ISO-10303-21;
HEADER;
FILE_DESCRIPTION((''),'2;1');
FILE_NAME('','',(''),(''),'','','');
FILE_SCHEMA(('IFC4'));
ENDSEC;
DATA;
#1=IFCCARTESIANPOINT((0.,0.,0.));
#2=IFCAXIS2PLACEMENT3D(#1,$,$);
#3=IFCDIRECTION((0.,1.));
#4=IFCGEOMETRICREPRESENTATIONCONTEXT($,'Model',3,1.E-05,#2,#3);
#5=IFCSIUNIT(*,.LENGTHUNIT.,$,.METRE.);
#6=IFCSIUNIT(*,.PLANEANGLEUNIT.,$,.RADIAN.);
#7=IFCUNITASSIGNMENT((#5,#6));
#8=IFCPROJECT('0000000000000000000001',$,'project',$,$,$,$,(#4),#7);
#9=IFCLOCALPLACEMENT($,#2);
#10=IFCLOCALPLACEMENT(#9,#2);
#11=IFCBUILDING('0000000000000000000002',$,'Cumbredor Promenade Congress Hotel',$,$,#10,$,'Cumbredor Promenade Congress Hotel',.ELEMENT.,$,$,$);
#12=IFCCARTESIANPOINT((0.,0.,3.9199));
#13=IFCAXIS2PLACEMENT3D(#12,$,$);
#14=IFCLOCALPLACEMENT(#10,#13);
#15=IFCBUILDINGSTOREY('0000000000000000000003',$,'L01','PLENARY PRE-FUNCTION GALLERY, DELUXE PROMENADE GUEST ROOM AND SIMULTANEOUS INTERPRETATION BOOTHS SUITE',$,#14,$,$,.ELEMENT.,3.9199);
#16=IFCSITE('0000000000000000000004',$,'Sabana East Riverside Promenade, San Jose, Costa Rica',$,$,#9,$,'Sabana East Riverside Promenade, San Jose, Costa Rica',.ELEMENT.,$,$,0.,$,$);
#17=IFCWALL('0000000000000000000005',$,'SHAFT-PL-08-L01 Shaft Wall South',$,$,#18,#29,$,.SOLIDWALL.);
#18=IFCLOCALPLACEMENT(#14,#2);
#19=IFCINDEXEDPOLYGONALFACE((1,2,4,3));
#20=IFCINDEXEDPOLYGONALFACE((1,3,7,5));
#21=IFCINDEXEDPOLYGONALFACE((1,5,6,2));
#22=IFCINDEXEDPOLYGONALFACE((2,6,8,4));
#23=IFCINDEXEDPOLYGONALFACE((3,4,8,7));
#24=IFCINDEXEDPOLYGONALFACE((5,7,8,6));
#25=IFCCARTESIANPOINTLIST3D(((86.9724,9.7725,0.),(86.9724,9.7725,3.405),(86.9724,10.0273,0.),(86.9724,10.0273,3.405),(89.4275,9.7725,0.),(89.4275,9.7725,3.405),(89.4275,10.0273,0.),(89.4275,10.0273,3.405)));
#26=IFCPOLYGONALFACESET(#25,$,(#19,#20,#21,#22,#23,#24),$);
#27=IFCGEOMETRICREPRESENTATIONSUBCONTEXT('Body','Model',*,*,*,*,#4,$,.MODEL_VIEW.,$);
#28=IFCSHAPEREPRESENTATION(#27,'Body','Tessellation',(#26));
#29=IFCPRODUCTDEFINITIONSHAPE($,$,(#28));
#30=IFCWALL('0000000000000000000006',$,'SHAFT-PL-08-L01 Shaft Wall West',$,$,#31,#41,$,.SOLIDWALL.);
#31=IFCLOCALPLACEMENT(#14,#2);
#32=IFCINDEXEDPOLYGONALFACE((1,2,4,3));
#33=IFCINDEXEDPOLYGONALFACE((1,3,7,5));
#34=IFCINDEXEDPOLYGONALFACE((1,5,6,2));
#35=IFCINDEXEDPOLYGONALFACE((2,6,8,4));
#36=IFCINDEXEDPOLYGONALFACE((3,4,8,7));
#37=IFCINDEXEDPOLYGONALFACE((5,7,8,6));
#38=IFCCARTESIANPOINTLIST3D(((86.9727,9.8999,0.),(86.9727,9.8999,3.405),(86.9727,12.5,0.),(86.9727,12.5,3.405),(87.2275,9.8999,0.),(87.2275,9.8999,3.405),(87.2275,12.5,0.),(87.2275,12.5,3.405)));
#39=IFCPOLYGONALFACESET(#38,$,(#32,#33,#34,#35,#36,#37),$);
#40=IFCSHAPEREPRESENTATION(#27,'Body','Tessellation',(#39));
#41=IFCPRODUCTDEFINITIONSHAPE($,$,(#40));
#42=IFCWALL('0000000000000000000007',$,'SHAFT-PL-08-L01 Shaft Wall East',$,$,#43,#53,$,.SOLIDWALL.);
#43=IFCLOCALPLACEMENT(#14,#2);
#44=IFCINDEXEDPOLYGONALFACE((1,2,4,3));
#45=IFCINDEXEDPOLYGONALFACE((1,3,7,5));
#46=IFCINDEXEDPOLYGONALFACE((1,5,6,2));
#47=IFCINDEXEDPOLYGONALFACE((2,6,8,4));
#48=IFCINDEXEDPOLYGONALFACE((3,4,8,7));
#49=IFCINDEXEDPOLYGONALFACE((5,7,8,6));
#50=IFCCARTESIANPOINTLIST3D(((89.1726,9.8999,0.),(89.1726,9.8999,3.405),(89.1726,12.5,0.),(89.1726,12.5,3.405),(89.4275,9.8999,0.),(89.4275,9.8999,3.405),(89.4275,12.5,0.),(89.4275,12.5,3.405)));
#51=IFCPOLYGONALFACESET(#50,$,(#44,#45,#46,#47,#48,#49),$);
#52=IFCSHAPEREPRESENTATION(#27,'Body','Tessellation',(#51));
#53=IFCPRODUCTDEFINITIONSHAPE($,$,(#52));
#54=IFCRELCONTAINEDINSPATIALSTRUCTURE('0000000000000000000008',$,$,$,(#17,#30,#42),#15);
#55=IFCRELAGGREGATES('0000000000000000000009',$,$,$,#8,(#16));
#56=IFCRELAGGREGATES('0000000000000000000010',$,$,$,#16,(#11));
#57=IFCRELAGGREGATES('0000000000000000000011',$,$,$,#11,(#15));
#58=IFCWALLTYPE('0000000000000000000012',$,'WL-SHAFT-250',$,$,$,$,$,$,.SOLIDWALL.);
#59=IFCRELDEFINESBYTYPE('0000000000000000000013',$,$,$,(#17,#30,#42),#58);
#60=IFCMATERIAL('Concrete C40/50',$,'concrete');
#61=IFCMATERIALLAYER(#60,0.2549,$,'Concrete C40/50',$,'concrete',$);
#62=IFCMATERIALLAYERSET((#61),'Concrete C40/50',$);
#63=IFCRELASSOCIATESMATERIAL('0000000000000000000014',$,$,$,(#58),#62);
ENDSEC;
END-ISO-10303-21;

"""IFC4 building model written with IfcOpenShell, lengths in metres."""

from ifc_helpers import new_model, si_unit, direction, frame, frame_2d, origin, place, context, subcontext, project, spatial, rectangle, extrude, material, layer, layer_set, type_object, element, save


model = new_model("IFC4")

# Units and contexts
model_context = context("Model", 3, precision=1e-05, world=origin(), true_north=direction((0.0, 1.0)))
body_context = subcontext(model_context, "Body", "Model", "MODEL_VIEW")
ifc_project = project(units=[si_unit("LENGTHUNIT", "METRE"), si_unit("PLANEANGLEUNIT", "RADIAN")], contexts=[model_context])

# Site, building, storey
site_placement = place(None, origin())
site = spatial("IfcSite", under=ifc_project, at=site_placement, Name="Sabana East Riverside Promenade, San Jose, Costa Rica", LongName="Sabana East Riverside Promenade, San Jose, Costa Rica", CompositionType="ELEMENT", RefElevation=0.0)
building_placement = place(site_placement, origin())
building = spatial("IfcBuilding", under=site, at=building_placement, Name="Cumbredor Promenade Congress Hotel", LongName="Cumbredor Promenade Congress Hotel", CompositionType="ELEMENT")
storey_placement = place(building_placement, frame((0.0, 0.0, 3.9199)))
storey = spatial("IfcBuildingStorey", under=building, at=storey_placement, Name="L01", Description="PLENARY PRE-FUNCTION GALLERY, DELUXE PROMENADE GUEST ROOM AND SIMULTANEOUS INTERPRETATION BOOTHS SUITE", CompositionType="ELEMENT", Elevation=3.9199)

# Shared definitions
ifc_material_1 = material(Name="Concrete C40/50", Category="concrete")

# Wall
ifc_layer_1 = layer(ifc_material_1, 0.2549, Name="Concrete C40/50", Category="concrete")
ifc_layer_set_1 = layer_set([ifc_layer_1], Name="Concrete C40/50")
wall_type_1 = type_object("IfcWallType", Name="WL-SHAFT-250", PredefinedType="SOLIDWALL", material=ifc_layer_set_1)
wall_1_placement = place(storey_placement, frame((86.9724, 9.8999, 0.0), z_axis=(0.0, 0.0, 1.0), x_axis=(1.0, 0.0, 0.0)))
element("IfcWall", 1, at=wall_1_placement, inside=storey, type_object=wall_type_1, Name="SHAFT-PL-08-L01 Shaft Wall South", PredefinedType="SOLIDWALL", context=body_context, shape_type="SweptSolid", body=[
    extrude(rectangle(XDim=2.4551, YDim=0.2549, at=frame_2d((1.2275, 0.0))), origin(), (0.0, 0.0, 1.0), 3.405),
])

# Walls
for number, where, z_axis, x_axis, name in (
    (2, (87.1001, 9.8999, 0.0), (0.0, 0.0, 1.0), (0.0, 1.0, 0.0), "SHAFT-PL-08-L01 Shaft Wall West"),
    (3, (89.3, 9.8999, 0.0), (0.0, 0.0, 1.0), (0.0, 1.0, 0.0), "SHAFT-PL-08-L01 Shaft Wall East"),
):
    element("IfcWall", number, at=place(storey_placement, frame(where, z_axis=z_axis, x_axis=x_axis)), inside=storey, type_object=wall_type_1, Name=name, PredefinedType="SOLIDWALL", context=body_context, shape_type="SweptSolid", body=[
        extrude(rectangle(XDim=2.6001, YDim=0.2549, at=frame_2d((1.3, 0.0))), origin(), (0.0, 0.0, 1.0), 3.405),
    ])

save(model, "model.ifc")
